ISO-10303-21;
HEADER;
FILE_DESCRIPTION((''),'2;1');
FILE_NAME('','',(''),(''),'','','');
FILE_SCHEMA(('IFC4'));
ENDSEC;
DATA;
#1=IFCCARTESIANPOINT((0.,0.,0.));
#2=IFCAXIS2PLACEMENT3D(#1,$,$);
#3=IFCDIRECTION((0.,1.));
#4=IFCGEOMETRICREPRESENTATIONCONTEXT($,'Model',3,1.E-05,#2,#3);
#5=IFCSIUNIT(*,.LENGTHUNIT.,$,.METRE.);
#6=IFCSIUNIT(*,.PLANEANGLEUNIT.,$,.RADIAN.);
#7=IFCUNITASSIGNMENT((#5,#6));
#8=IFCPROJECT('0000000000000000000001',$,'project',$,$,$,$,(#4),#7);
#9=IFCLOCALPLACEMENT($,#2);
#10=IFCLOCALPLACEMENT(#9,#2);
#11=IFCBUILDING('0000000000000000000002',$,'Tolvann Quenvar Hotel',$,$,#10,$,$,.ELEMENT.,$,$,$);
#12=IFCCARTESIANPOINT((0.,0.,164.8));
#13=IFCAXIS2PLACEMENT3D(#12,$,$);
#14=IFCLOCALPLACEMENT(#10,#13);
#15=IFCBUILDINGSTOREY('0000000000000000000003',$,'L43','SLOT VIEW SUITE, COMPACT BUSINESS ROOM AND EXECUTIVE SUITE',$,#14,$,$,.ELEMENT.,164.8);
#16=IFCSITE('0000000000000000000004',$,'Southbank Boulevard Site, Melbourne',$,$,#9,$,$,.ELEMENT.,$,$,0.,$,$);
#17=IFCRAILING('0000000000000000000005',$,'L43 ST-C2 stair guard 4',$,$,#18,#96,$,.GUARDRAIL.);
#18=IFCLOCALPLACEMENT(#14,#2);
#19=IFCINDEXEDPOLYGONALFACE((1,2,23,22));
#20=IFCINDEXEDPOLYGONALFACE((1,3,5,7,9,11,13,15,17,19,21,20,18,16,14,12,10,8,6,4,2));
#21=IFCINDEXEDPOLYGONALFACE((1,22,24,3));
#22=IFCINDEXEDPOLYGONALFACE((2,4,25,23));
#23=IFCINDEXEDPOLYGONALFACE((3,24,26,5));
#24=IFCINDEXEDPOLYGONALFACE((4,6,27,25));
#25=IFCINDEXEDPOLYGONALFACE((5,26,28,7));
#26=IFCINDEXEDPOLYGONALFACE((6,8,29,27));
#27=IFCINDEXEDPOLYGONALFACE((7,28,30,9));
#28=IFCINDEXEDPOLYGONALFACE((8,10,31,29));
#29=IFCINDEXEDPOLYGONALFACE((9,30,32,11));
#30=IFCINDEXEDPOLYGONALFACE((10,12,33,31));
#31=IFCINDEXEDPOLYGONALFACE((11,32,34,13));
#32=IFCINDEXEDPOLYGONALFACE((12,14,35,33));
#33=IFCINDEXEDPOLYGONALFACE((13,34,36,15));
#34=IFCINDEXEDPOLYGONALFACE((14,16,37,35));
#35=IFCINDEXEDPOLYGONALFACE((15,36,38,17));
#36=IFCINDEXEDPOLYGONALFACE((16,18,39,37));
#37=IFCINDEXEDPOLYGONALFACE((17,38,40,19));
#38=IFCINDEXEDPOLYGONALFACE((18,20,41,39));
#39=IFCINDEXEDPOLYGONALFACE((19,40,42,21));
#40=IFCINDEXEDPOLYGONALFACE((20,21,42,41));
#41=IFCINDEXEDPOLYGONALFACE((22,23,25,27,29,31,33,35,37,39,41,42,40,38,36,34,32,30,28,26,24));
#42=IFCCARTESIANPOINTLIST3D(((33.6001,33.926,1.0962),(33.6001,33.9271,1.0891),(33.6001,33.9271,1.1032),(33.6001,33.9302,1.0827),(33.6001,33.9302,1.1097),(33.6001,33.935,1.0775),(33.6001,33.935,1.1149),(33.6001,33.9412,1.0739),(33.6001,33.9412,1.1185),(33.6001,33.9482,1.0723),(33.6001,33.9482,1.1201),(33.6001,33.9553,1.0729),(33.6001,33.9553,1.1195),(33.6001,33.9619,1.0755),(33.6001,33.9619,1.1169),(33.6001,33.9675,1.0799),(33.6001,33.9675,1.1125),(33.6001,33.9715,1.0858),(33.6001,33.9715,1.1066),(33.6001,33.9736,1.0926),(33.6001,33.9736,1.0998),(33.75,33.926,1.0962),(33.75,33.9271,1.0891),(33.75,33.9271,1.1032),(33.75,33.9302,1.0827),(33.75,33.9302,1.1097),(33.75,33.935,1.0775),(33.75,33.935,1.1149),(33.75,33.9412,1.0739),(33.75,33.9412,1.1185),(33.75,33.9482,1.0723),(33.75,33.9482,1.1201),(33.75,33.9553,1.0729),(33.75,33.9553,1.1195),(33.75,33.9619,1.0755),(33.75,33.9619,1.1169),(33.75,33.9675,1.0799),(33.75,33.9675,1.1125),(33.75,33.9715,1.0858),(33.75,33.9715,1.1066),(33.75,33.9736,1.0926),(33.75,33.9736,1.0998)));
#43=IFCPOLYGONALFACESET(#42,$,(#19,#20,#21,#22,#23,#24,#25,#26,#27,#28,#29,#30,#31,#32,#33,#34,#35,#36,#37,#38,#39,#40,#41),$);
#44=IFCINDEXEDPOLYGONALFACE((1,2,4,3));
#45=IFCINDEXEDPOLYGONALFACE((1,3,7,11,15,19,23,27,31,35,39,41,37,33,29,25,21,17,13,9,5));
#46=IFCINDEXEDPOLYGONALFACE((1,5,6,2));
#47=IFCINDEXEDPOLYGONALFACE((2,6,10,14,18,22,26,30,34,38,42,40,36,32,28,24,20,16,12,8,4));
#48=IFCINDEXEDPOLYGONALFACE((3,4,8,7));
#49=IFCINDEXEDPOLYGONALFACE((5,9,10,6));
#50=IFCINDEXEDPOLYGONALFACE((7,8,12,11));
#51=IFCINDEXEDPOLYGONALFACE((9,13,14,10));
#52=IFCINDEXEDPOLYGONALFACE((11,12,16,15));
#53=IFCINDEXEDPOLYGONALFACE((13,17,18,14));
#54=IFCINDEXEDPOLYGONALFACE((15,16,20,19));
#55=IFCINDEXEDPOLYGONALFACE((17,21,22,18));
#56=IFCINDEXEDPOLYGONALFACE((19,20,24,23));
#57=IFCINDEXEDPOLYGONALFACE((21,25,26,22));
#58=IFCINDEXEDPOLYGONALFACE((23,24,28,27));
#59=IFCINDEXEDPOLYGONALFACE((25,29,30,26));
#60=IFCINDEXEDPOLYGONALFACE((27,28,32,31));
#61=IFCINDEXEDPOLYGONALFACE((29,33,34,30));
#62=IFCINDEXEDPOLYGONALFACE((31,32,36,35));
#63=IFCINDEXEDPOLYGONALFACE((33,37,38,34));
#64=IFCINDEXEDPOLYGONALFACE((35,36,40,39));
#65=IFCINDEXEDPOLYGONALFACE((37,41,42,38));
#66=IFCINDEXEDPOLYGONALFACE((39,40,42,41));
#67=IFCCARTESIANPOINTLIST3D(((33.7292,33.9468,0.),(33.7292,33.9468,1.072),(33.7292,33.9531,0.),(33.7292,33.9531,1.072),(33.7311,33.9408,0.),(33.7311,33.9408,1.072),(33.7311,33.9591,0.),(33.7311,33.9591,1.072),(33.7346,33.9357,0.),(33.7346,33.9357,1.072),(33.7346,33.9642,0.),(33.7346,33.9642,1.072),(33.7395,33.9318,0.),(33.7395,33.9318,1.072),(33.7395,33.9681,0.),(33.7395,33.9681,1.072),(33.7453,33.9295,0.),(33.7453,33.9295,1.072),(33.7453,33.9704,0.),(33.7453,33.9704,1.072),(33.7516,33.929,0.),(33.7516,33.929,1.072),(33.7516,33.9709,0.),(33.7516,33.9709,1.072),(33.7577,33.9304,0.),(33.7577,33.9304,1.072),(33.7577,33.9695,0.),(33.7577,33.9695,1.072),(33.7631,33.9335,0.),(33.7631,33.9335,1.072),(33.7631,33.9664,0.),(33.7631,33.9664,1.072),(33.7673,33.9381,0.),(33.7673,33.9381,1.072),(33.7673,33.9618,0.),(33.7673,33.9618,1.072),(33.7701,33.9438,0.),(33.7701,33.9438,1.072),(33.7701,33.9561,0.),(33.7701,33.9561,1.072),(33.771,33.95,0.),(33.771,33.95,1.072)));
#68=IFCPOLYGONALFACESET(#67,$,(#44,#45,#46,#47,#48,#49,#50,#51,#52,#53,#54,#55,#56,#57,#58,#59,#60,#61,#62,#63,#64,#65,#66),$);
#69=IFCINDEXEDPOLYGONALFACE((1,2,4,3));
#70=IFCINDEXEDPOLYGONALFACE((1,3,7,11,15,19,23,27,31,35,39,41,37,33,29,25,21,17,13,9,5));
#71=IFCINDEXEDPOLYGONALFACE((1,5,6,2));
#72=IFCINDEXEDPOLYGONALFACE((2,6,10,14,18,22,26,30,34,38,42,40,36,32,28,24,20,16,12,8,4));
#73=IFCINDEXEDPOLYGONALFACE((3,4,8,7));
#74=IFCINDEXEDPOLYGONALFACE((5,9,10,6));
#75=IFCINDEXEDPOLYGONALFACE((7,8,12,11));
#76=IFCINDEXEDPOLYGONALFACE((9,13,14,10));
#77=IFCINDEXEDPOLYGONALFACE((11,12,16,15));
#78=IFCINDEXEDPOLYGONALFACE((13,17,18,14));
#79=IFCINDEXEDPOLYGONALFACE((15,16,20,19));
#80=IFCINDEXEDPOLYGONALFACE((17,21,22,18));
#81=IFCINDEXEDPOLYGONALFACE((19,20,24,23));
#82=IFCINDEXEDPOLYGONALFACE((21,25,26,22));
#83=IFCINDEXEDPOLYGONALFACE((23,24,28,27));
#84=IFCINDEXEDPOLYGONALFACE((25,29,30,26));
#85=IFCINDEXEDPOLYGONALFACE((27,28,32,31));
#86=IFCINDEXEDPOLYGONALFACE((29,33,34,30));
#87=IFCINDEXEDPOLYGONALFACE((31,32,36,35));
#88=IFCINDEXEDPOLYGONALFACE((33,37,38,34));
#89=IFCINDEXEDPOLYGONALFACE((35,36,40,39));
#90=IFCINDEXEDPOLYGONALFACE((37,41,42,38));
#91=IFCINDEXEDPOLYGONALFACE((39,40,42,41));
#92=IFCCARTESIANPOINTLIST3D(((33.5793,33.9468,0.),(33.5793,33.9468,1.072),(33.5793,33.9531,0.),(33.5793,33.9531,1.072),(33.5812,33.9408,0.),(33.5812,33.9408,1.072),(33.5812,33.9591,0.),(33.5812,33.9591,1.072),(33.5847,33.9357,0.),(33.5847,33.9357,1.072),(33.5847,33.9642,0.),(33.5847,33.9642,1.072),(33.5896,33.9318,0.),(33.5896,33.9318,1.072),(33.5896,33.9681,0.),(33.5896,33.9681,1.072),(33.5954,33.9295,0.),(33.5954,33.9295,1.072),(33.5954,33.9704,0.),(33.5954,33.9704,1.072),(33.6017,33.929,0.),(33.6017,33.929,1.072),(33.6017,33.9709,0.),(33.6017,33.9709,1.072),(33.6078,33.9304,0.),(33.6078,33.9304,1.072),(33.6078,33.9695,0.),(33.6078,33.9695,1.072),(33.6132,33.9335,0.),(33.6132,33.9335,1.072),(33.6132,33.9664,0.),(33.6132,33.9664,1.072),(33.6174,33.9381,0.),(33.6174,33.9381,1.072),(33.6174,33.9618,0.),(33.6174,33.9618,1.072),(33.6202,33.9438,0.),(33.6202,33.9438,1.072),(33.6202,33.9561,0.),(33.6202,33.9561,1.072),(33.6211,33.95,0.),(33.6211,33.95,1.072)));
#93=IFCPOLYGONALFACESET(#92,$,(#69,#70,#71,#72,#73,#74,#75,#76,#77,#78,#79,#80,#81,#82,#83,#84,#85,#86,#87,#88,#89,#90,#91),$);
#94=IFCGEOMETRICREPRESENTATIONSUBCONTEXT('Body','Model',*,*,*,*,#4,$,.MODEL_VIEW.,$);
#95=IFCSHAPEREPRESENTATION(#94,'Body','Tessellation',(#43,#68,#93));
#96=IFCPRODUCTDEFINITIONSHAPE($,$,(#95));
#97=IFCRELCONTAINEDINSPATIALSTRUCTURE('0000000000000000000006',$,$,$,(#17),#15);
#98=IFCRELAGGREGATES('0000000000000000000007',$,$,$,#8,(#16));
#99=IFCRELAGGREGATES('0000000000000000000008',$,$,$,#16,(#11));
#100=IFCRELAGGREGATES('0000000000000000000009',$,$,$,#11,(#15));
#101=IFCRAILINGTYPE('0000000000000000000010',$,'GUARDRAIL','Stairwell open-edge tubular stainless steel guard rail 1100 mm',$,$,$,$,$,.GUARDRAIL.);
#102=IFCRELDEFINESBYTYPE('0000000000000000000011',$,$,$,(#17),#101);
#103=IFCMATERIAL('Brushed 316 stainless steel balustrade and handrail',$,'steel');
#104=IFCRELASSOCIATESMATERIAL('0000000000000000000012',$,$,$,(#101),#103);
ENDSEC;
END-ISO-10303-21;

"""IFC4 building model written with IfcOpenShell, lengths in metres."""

from ifc_helpers import new_model, si_unit, direction, frame, origin, origin_2d, place, context, subcontext, project, spatial, circle, extrude, material, type_object, element, save


model = new_model("IFC4")

# Units and contexts
model_context = context("Model", 3, precision=1e-05, world=origin(), true_north=direction((0.0, 1.0)))
body_context = subcontext(model_context, "Body", "Model", "MODEL_VIEW")
ifc_project = project(units=[si_unit("LENGTHUNIT", "METRE"), si_unit("PLANEANGLEUNIT", "RADIAN")], contexts=[model_context])

# Site, building, storey
site_placement = place(None, origin())
site = spatial("IfcSite", under=ifc_project, at=site_placement, Name="Southbank Boulevard Site, Melbourne", CompositionType="ELEMENT", RefElevation=0.0)
building_placement = place(site_placement, origin())
building = spatial("IfcBuilding", under=site, at=building_placement, Name="Tolvann Quenvar Hotel", CompositionType="ELEMENT")
storey_placement = place(building_placement, frame((0.0, 0.0, 164.8)))
storey = spatial("IfcBuildingStorey", under=building, at=storey_placement, Name="L43", Description="SLOT VIEW SUITE, COMPACT BUSINESS ROOM AND EXECUTIVE SUITE", CompositionType="ELEMENT", Elevation=164.8)

# Railing
ifc_material_1 = material(Name="Brushed 316 stainless steel balustrade and handrail", Category="steel")
railing_type_1 = type_object("IfcRailingType", Name="GUARDRAIL", Description="Stairwell open-edge tubular stainless steel guard rail 1100 mm", PredefinedType="GUARDRAIL", material=ifc_material_1)
railing_1_placement = place(storey_placement, frame((33.75, 33.95, 0.0)))
element("IfcRailing", 1, at=railing_1_placement, inside=storey, type_object=railing_type_1, Name="L43 ST-C2 stair guard 4", PredefinedType="GUARDRAIL", context=body_context, shape_type="SweptSolid", body=[
    extrude(circle(Radius=0.0239, at=origin_2d()), frame((0.0, 0.0, 1.0962), z_axis=(-1.0, 0.0, 0.0), x_axis=(0.0, -1.0, 0.0)), (0.0, 0.0, 1.0), 0.1499),
    extrude(circle(Radius=0.021, at=origin_2d()), origin(), (0.0, 0.0, 1.0), 1.072),
    extrude(circle(Radius=0.021, at=origin_2d()), frame((-0.1499, 0.0, 0.0)), (0.0, 0.0, 1.0), 1.072),
])

save(model, "model.ifc")
